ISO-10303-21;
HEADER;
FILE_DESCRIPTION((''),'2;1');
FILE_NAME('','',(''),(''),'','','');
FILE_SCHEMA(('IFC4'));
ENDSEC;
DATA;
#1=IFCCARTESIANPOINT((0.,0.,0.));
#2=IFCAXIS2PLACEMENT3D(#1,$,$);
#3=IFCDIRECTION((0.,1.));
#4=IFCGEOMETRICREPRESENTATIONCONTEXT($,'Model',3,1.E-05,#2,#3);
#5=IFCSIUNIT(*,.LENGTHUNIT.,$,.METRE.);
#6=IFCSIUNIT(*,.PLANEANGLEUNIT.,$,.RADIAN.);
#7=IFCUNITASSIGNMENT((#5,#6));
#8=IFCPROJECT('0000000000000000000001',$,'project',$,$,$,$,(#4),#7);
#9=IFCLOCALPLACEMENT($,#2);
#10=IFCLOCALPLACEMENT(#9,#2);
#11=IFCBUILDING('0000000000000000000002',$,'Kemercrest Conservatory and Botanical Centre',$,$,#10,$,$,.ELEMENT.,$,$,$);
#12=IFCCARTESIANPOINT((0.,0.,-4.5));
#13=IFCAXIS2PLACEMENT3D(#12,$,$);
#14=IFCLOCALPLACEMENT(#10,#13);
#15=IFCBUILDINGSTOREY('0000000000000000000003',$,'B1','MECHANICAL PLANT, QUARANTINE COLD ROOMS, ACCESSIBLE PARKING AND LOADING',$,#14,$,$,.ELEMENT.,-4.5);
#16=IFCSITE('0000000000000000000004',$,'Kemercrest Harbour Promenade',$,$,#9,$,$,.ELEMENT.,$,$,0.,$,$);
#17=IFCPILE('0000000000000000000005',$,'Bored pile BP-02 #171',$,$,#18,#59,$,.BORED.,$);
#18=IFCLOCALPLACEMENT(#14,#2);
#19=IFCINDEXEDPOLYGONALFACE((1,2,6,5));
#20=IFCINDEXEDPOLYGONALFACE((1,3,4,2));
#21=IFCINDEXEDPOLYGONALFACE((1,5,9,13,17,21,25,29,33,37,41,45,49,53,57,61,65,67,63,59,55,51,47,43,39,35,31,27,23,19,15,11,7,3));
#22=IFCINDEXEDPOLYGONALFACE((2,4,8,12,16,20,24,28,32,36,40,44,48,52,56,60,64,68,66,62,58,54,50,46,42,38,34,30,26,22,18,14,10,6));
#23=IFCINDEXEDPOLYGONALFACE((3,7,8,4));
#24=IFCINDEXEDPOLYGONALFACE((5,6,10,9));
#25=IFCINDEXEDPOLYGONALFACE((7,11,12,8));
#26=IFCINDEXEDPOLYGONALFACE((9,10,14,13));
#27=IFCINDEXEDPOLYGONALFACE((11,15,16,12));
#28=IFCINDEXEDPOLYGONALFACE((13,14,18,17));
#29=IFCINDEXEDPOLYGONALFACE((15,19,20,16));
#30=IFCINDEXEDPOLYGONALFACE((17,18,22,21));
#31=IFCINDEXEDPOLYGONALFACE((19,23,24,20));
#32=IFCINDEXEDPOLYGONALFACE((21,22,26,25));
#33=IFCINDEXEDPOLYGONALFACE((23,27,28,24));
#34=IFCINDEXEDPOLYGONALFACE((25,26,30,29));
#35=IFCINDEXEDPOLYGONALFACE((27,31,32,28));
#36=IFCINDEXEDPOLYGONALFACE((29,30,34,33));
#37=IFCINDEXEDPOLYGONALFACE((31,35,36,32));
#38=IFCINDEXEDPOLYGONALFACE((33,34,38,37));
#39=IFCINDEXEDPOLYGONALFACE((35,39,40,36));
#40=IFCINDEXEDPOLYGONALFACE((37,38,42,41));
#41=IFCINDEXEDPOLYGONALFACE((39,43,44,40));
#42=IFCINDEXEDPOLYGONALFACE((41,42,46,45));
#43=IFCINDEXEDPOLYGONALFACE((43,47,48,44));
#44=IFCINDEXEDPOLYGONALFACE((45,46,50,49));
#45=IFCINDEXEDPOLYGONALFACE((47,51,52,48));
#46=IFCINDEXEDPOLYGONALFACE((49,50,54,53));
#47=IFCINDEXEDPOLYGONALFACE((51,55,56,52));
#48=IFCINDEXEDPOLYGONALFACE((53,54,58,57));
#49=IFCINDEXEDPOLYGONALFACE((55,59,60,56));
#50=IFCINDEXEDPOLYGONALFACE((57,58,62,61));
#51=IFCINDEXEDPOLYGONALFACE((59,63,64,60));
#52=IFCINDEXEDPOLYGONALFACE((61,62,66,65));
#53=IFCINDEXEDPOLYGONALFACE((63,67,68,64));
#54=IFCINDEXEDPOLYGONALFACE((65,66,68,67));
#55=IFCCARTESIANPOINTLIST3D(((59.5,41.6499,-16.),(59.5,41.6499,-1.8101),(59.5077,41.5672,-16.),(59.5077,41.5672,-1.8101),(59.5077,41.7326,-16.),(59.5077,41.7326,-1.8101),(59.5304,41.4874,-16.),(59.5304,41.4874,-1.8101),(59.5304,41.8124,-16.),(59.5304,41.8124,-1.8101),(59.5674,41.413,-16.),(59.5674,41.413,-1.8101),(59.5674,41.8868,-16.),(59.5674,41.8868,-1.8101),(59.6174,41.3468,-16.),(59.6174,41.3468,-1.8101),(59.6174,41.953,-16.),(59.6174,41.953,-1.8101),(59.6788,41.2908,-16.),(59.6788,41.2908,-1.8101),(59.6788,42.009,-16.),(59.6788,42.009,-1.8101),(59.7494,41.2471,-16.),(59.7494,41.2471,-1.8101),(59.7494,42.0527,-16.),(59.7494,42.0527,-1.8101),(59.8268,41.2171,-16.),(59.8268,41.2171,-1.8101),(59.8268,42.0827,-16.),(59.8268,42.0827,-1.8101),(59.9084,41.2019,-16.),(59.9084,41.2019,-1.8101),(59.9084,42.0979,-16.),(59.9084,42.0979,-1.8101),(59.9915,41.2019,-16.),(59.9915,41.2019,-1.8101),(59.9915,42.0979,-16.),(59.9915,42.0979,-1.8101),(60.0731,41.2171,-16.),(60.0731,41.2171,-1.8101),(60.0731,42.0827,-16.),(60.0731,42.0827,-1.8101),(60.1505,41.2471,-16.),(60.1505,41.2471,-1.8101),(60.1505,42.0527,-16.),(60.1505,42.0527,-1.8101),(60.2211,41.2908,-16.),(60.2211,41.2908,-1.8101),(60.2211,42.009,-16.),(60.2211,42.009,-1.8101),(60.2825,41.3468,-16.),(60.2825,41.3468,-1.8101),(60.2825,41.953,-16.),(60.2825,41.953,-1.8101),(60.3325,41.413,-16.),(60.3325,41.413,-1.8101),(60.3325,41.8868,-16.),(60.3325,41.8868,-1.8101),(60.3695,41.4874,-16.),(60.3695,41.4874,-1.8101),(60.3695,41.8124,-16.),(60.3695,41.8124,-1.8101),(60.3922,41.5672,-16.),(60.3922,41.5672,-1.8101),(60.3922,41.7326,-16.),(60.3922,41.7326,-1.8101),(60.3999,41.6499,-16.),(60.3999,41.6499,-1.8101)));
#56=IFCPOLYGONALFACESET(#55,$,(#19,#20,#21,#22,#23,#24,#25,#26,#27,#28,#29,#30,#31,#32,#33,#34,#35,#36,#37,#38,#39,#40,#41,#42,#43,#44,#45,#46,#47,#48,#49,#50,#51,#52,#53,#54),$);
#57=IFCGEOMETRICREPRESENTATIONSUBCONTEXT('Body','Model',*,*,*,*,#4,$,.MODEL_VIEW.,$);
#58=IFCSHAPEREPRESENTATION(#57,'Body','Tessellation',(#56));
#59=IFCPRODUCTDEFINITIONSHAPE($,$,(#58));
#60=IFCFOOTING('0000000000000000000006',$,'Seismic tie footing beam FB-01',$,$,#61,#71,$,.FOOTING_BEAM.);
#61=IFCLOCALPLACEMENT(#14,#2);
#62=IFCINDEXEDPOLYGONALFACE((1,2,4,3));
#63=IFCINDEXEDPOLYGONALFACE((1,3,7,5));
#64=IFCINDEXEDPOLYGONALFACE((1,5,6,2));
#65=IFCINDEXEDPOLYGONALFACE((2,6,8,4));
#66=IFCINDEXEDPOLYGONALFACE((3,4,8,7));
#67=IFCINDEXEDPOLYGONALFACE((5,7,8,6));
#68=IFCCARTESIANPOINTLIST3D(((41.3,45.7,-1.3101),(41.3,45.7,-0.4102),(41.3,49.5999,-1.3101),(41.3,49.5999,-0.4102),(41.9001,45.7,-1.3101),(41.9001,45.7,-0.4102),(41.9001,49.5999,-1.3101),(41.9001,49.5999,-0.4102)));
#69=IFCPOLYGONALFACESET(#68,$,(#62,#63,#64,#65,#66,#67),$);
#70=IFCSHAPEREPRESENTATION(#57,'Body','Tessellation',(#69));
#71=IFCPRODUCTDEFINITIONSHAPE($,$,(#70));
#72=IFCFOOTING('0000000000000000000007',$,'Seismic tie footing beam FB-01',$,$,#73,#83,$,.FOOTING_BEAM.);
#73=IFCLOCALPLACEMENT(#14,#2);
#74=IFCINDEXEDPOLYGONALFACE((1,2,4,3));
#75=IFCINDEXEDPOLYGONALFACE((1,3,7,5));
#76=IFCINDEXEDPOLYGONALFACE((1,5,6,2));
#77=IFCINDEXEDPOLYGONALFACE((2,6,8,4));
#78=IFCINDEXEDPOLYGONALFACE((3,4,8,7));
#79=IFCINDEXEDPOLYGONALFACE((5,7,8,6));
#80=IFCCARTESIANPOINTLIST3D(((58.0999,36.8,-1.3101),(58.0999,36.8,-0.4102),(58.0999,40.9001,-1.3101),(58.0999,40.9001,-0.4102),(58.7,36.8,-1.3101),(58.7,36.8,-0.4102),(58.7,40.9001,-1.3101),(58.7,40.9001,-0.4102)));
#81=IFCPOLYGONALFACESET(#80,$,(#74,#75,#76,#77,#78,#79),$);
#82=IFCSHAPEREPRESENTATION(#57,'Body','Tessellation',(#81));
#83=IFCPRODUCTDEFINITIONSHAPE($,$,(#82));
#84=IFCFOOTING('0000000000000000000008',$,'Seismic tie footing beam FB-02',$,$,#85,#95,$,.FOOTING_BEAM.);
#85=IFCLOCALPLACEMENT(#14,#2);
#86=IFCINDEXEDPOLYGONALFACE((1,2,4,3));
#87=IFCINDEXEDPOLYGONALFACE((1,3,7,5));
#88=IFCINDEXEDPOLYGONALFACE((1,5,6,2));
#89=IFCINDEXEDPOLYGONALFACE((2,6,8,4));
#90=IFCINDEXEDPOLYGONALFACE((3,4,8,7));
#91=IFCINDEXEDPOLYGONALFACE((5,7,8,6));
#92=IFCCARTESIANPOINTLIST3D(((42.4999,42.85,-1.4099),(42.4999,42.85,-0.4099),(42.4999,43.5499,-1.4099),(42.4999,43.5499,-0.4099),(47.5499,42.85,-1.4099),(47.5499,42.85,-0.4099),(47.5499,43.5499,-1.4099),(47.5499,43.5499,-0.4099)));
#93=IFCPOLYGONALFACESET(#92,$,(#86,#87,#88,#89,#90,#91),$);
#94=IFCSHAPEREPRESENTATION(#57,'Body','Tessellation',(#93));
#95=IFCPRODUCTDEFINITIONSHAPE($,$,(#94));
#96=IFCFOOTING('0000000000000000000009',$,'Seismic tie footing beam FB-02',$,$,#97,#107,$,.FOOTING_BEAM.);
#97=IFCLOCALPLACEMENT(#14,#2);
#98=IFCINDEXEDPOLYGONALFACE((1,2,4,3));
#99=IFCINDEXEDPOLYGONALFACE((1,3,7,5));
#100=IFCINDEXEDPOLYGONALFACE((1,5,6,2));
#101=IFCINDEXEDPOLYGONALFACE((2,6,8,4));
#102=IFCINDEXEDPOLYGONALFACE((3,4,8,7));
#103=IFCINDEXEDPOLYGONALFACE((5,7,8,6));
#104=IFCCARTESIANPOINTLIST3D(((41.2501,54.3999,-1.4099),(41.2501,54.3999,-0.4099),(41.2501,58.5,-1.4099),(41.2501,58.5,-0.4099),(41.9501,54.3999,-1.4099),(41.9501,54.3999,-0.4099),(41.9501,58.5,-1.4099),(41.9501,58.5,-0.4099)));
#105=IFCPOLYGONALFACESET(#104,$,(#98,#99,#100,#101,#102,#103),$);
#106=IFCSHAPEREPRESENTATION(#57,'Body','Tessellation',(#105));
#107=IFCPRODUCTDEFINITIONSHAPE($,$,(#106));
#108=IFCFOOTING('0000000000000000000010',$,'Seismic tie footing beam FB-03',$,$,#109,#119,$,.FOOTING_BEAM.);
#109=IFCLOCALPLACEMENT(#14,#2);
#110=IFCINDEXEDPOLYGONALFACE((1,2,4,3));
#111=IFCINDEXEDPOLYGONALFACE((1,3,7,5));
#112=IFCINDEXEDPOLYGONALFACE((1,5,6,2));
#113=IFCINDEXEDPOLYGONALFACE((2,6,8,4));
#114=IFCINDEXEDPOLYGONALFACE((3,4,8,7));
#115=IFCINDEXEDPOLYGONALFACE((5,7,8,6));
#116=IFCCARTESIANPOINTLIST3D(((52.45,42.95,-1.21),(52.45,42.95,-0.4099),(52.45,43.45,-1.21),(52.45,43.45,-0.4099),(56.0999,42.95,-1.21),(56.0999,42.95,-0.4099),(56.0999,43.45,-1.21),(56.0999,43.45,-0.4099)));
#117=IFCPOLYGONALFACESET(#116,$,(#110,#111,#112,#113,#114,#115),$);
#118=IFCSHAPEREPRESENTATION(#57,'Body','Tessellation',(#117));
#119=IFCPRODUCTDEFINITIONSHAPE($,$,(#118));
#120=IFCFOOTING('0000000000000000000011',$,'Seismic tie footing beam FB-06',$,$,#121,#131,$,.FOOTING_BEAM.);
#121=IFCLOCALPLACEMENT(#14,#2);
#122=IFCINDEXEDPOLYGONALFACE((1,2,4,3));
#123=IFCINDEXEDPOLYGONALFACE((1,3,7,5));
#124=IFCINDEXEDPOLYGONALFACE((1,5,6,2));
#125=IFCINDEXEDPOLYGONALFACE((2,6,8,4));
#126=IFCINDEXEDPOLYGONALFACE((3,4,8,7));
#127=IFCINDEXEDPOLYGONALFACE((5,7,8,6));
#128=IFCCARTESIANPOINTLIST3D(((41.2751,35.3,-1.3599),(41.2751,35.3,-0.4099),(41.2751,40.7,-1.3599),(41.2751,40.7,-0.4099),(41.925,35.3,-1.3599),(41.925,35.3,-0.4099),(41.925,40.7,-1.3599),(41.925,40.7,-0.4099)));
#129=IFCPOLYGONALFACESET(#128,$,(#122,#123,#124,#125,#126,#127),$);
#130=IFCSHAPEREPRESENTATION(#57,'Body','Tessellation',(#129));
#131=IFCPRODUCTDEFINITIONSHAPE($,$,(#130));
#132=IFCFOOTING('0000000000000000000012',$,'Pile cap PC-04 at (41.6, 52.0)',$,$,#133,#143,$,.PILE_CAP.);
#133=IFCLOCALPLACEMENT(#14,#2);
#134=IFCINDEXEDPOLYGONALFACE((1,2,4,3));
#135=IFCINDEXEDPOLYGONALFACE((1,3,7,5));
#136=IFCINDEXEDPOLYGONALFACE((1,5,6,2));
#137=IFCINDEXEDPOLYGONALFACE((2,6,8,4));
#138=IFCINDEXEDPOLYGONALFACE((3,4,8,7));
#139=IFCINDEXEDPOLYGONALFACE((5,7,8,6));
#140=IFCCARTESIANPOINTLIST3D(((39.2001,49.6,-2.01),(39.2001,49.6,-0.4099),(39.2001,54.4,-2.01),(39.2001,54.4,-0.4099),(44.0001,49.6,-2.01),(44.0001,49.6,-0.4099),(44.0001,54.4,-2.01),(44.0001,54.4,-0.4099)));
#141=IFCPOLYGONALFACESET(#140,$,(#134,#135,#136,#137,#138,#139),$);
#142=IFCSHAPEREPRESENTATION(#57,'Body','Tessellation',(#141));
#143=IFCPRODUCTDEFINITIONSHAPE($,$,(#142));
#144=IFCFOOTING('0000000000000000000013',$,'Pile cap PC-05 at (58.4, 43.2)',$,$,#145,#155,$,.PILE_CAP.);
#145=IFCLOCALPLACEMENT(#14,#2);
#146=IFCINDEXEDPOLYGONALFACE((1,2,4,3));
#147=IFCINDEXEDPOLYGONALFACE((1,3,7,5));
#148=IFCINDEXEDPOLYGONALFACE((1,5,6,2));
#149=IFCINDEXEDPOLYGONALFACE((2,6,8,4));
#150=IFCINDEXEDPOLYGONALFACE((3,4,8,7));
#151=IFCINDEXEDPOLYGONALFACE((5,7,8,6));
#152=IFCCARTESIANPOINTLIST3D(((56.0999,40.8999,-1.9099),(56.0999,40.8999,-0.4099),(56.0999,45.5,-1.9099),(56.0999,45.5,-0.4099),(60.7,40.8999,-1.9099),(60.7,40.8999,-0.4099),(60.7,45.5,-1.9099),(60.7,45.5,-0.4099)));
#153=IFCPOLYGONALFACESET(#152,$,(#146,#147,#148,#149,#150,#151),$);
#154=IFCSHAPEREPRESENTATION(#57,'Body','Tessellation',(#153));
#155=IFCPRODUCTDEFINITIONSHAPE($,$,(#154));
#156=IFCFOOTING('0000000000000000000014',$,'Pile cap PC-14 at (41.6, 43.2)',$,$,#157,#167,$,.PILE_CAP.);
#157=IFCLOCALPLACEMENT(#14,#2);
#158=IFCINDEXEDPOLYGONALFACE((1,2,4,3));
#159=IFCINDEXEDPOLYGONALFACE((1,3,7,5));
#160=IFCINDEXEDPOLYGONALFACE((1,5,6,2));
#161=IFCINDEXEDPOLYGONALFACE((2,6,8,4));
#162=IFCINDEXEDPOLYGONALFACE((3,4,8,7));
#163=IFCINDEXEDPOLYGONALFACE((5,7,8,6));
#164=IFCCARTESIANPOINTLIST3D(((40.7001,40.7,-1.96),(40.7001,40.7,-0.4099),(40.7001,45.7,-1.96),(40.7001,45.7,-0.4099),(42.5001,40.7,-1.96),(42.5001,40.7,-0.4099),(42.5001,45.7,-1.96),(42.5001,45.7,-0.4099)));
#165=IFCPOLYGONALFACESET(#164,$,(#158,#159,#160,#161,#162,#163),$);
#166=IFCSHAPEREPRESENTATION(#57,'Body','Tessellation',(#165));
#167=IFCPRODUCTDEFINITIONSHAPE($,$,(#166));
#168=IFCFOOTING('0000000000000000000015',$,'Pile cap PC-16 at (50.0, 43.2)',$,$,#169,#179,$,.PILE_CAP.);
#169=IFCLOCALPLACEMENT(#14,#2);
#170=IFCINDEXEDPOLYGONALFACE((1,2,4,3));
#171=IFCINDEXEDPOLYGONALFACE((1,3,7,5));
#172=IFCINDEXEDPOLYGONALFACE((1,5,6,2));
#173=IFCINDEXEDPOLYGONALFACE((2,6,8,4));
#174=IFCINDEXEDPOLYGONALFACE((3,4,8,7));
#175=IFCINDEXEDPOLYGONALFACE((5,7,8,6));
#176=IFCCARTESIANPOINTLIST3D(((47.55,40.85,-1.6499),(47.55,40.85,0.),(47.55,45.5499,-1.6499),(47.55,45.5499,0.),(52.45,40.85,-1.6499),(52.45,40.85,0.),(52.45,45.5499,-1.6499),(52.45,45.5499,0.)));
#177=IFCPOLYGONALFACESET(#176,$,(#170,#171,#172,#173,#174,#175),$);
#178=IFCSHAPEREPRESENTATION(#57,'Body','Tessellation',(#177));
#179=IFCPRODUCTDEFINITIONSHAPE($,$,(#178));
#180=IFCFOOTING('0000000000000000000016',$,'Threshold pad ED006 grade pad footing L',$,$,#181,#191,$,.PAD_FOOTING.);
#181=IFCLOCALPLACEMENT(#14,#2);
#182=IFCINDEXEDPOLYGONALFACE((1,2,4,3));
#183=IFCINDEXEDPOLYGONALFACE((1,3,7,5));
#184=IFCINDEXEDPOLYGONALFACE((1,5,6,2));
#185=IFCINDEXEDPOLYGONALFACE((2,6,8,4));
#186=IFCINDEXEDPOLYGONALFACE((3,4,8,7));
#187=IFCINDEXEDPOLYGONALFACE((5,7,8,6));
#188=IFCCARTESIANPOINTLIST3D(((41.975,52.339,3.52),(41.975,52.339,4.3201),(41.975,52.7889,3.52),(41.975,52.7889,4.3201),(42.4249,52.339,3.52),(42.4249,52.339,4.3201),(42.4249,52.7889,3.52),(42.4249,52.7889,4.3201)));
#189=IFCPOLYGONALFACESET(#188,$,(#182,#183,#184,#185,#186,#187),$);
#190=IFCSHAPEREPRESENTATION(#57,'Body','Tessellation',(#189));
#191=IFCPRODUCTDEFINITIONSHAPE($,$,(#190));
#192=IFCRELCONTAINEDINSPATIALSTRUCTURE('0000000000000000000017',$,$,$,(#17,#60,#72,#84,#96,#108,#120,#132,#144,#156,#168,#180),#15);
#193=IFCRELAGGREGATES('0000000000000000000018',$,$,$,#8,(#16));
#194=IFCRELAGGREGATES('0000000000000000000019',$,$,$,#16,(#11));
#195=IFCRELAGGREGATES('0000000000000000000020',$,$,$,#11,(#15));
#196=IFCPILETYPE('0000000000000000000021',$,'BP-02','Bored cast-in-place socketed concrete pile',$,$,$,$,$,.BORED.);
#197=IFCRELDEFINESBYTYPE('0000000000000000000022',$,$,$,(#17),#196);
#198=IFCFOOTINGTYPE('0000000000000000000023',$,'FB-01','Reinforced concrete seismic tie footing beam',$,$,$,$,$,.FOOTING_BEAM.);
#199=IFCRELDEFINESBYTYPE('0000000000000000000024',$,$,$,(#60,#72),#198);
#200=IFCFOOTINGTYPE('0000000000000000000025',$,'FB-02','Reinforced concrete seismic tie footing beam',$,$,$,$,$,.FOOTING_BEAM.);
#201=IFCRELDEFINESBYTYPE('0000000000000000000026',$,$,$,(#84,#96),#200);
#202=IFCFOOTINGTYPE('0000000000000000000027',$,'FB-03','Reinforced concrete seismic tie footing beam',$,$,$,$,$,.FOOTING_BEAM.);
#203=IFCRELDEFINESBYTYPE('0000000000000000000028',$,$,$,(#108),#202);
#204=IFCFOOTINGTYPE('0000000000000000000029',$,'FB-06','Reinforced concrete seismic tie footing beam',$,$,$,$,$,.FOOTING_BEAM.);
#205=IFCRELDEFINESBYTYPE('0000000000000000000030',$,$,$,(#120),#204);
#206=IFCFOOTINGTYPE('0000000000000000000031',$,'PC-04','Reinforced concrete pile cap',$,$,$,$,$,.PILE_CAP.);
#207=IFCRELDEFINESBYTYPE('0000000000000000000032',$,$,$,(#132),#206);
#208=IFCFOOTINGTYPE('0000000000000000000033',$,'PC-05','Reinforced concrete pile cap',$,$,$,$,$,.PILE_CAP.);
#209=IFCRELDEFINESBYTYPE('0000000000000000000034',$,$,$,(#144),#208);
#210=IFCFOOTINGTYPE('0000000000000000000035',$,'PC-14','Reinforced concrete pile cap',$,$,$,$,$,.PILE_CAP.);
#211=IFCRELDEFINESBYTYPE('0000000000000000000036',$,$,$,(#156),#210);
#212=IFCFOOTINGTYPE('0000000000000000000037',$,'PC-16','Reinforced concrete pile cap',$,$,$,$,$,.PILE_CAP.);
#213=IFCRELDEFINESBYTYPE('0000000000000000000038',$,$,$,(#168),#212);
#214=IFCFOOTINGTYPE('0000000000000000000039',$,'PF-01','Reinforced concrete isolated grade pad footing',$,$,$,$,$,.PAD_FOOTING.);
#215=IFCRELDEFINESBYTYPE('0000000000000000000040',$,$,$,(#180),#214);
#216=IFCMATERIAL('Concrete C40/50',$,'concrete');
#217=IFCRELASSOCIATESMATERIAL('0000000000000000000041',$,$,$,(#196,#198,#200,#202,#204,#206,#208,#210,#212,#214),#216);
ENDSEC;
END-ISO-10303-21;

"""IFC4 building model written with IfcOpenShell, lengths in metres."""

from ifc_helpers import new_model, si_unit, direction, frame, origin, origin_2d, place, context, subcontext, project, spatial, rectangle, circle, extrude, material, material_profile, profile_set, type_object, element, save


model = new_model("IFC4")

# Units and contexts
model_context = context("Model", 3, precision=1e-05, world=origin(), true_north=direction((0.0, 1.0)))
body_context = subcontext(model_context, "Body", "Model", "MODEL_VIEW")
ifc_project = project(units=[si_unit("LENGTHUNIT", "METRE"), si_unit("PLANEANGLEUNIT", "RADIAN")], contexts=[model_context])

# Site, building, storey
site_placement = place(None, origin())
site = spatial("IfcSite", under=ifc_project, at=site_placement, Name="Kemercrest Harbour Promenade", CompositionType="ELEMENT", RefElevation=0.0)
building_placement = place(site_placement, origin())
building = spatial("IfcBuilding", under=site, at=building_placement, Name="Kemercrest Conservatory and Botanical Centre", CompositionType="ELEMENT")
storey_placement = place(building_placement, frame((0.0, 0.0, -4.5)))
storey = spatial("IfcBuildingStorey", under=building, at=storey_placement, Name="B1", Description="MECHANICAL PLANT, QUARANTINE COLD ROOMS, ACCESSIBLE PARKING AND LOADING", CompositionType="ELEMENT", Elevation=-4.5)

# Pile
ifc_material_1 = material(Name="Concrete C40/50", Category="concrete")
ifc_material_profile_1 = material_profile(ifc_material_1, circle(Radius=0.45, at=origin_2d()), Name="BORED PILE 900")
ifc_profile_set_1 = profile_set([ifc_material_profile_1], Name="Concrete C40/50")
pile_type_1 = type_object("IfcPileType", Name="BP-02", Description="Bored cast-in-place socketed concrete pile", PredefinedType="BORED", material=ifc_profile_set_1)
for number, where, z_axis, x_axis, name in (
    (1, (59.95, 41.6499, -1.8101), (0.0, 0.0, -1.0), (1.0, 0.0, 0.0), "Bored pile BP-02 #171"),
):
    element("IfcPile", number, at=place(storey_placement, frame(where, z_axis=z_axis, x_axis=x_axis)), inside=storey, type_object=pile_type_1, Name=name, PredefinedType="BORED", context=body_context, shape_type="SweptSolid", body=[
        extrude(circle(Radius=0.45, at=origin_2d()), origin(), (0.0, 0.0, 1.0), 14.1899),
    ])

# Footings
footing_type_1 = type_object("IfcFootingType", Name="FB-01", Description="Reinforced concrete seismic tie footing beam", PredefinedType="FOOTING_BEAM", material=ifc_material_1)
footing_1_placement = place(storey_placement, frame((41.6001, 47.6499, -1.3101), z_axis=(0.0, 0.0, 1.0), x_axis=(1.0, 0.0, 0.0)))
element("IfcFooting", 2, at=footing_1_placement, inside=storey, type_object=footing_type_1, Name="Seismic tie footing beam FB-01", PredefinedType="FOOTING_BEAM", context=body_context, shape_type="SweptSolid", body=[
    extrude(rectangle(XDim=0.6001, YDim=3.8999, at=origin_2d()), origin(), (0.0, 0.0, 1.0), 0.8999),
])
footing_2_placement = place(storey_placement, frame((58.3999, 38.8501, -1.3101), z_axis=(0.0, 0.0, 1.0), x_axis=(1.0, 0.0, 0.0)))
element("IfcFooting", 3, at=footing_2_placement, inside=storey, type_object=footing_type_1, Name="Seismic tie footing beam FB-01", PredefinedType="FOOTING_BEAM", context=body_context, shape_type="SweptSolid", body=[
    extrude(rectangle(XDim=0.6001, YDim=4.1001, at=origin_2d()), origin(), (0.0, 0.0, 1.0), 0.8999),
])
footing_type_2 = type_object("IfcFootingType", Name="FB-02", Description="Reinforced concrete seismic tie footing beam", PredefinedType="FOOTING_BEAM", material=ifc_material_1)
footing_3_placement = place(storey_placement, frame((45.0249, 43.2, -1.4099), z_axis=(0.0, 0.0, 1.0), x_axis=(1.0, 0.0, 0.0)))
element("IfcFooting", 4, at=footing_3_placement, inside=storey, type_object=footing_type_2, Name="Seismic tie footing beam FB-02", PredefinedType="FOOTING_BEAM", context=body_context, shape_type="SweptSolid", body=[
    extrude(rectangle(XDim=5.05, YDim=0.7, at=origin_2d()), origin(), (0.0, 0.0, 1.0), 1.0),
])
footing_4_placement = place(storey_placement, frame((41.6001, 56.45, -1.4099), z_axis=(0.0, 0.0, 1.0), x_axis=(1.0, 0.0, 0.0)))
element("IfcFooting", 5, at=footing_4_placement, inside=storey, type_object=footing_type_2, Name="Seismic tie footing beam FB-02", PredefinedType="FOOTING_BEAM", context=body_context, shape_type="SweptSolid", body=[
    extrude(rectangle(XDim=0.7, YDim=4.1001, at=origin_2d()), origin(), (0.0, 0.0, 1.0), 1.0),
])
footing_type_3 = type_object("IfcFootingType", Name="FB-03", Description="Reinforced concrete seismic tie footing beam", PredefinedType="FOOTING_BEAM", material=ifc_material_1)
footing_5_placement = place(storey_placement, frame((54.2749, 43.2, -1.21), z_axis=(0.0, 0.0, 1.0), x_axis=(1.0, 0.0, 0.0)))
element("IfcFooting", 6, at=footing_5_placement, inside=storey, type_object=footing_type_3, Name="Seismic tie footing beam FB-03", PredefinedType="FOOTING_BEAM", context=body_context, shape_type="SweptSolid", body=[
    extrude(rectangle(XDim=3.6499, YDim=0.5, at=origin_2d()), origin(), (0.0, 0.0, 1.0), 0.8),
])
footing_type_4 = type_object("IfcFootingType", Name="FB-06", Description="Reinforced concrete seismic tie footing beam", PredefinedType="FOOTING_BEAM", material=ifc_material_1)
footing_6_placement = place(storey_placement, frame((41.6001, 38.0, -1.3599), z_axis=(0.0, 0.0, 1.0), x_axis=(1.0, 0.0, 0.0)))
element("IfcFooting", 7, at=footing_6_placement, inside=storey, type_object=footing_type_4, Name="Seismic tie footing beam FB-06", PredefinedType="FOOTING_BEAM", context=body_context, shape_type="SweptSolid", body=[
    extrude(rectangle(XDim=0.6499, YDim=5.3999, at=origin_2d()), origin(), (0.0, 0.0, 1.0), 0.95),
])
footing_type_5 = type_object("IfcFootingType", Name="PC-04", Description="Reinforced concrete pile cap", PredefinedType="PILE_CAP", material=ifc_material_1)
footing_7_placement = place(storey_placement, frame((41.6001, 52.0, -2.01), z_axis=(0.0, 0.0, 1.0), x_axis=(1.0, 0.0, 0.0)))
element("IfcFooting", 8, at=footing_7_placement, inside=storey, type_object=footing_type_5, Name="Pile cap PC-04 at (41.6, 52.0)", PredefinedType="PILE_CAP", context=body_context, shape_type="SweptSolid", body=[
    extrude(rectangle(XDim=4.8, YDim=4.8, at=origin_2d()), origin(), (0.0, 0.0, 1.0), 1.6001),
])
footing_type_6 = type_object("IfcFootingType", Name="PC-05", Description="Reinforced concrete pile cap", PredefinedType="PILE_CAP", material=ifc_material_1)
footing_8_placement = place(storey_placement, frame((58.3999, 43.2, -1.9099), z_axis=(0.0, 0.0, 1.0), x_axis=(1.0, 0.0, 0.0)))
element("IfcFooting", 9, at=footing_8_placement, inside=storey, type_object=footing_type_6, Name="Pile cap PC-05 at (58.4, 43.2)", PredefinedType="PILE_CAP", context=body_context, shape_type="SweptSolid", body=[
    extrude(rectangle(XDim=4.6001, YDim=4.6001, at=origin_2d()), origin(), (0.0, 0.0, 1.0), 1.5),
])
footing_type_7 = type_object("IfcFootingType", Name="PC-14", Description="Reinforced concrete pile cap", PredefinedType="PILE_CAP", material=ifc_material_1)
footing_9_placement = place(storey_placement, frame((41.6001, 43.2, -1.96), z_axis=(0.0, 0.0, 1.0), x_axis=(1.0, 0.0, 0.0)))
element("IfcFooting", 10, at=footing_9_placement, inside=storey, type_object=footing_type_7, Name="Pile cap PC-14 at (41.6, 43.2)", PredefinedType="PILE_CAP", context=body_context, shape_type="SweptSolid", body=[
    extrude(rectangle(XDim=1.8, YDim=5.0, at=origin_2d()), origin(), (0.0, 0.0, 1.0), 1.55),
])
footing_type_8 = type_object("IfcFootingType", Name="PC-16", Description="Reinforced concrete pile cap", PredefinedType="PILE_CAP", material=ifc_material_1)
footing_10_placement = place(storey_placement, frame((50.0, 43.2, -1.6499), z_axis=(0.0, 0.0, 1.0), x_axis=(1.0, 0.0, 0.0)))
element("IfcFooting", 11, at=footing_10_placement, inside=storey, type_object=footing_type_8, Name="Pile cap PC-16 at (50.0, 43.2)", PredefinedType="PILE_CAP", context=body_context, shape_type="SweptSolid", body=[
    extrude(rectangle(XDim=4.8999, YDim=4.7, at=origin_2d()), origin(), (0.0, 0.0, 1.0), 1.6499),
])
footing_type_9 = type_object("IfcFootingType", Name="PF-01", Description="Reinforced concrete isolated grade pad footing", PredefinedType="PAD_FOOTING", material=ifc_material_1)
for number, where, z_axis, x_axis, name in (
    (12, (42.2, 52.564, 3.52), (0.0, 0.0, 1.0), (0.0, 1.0, 0.0), "Threshold pad ED006 grade pad footing L"),
):
    element("IfcFooting", number, at=place(storey_placement, frame(where, z_axis=z_axis, x_axis=x_axis)), inside=storey, type_object=footing_type_9, Name=name, PredefinedType="PAD_FOOTING", context=body_context, shape_type="SweptSolid", body=[
        extrude(rectangle(XDim=0.45, YDim=0.45, at=origin_2d()), origin(), (0.0, 0.0, 1.0), 0.8),
    ])

save(model, "model.ifc")
